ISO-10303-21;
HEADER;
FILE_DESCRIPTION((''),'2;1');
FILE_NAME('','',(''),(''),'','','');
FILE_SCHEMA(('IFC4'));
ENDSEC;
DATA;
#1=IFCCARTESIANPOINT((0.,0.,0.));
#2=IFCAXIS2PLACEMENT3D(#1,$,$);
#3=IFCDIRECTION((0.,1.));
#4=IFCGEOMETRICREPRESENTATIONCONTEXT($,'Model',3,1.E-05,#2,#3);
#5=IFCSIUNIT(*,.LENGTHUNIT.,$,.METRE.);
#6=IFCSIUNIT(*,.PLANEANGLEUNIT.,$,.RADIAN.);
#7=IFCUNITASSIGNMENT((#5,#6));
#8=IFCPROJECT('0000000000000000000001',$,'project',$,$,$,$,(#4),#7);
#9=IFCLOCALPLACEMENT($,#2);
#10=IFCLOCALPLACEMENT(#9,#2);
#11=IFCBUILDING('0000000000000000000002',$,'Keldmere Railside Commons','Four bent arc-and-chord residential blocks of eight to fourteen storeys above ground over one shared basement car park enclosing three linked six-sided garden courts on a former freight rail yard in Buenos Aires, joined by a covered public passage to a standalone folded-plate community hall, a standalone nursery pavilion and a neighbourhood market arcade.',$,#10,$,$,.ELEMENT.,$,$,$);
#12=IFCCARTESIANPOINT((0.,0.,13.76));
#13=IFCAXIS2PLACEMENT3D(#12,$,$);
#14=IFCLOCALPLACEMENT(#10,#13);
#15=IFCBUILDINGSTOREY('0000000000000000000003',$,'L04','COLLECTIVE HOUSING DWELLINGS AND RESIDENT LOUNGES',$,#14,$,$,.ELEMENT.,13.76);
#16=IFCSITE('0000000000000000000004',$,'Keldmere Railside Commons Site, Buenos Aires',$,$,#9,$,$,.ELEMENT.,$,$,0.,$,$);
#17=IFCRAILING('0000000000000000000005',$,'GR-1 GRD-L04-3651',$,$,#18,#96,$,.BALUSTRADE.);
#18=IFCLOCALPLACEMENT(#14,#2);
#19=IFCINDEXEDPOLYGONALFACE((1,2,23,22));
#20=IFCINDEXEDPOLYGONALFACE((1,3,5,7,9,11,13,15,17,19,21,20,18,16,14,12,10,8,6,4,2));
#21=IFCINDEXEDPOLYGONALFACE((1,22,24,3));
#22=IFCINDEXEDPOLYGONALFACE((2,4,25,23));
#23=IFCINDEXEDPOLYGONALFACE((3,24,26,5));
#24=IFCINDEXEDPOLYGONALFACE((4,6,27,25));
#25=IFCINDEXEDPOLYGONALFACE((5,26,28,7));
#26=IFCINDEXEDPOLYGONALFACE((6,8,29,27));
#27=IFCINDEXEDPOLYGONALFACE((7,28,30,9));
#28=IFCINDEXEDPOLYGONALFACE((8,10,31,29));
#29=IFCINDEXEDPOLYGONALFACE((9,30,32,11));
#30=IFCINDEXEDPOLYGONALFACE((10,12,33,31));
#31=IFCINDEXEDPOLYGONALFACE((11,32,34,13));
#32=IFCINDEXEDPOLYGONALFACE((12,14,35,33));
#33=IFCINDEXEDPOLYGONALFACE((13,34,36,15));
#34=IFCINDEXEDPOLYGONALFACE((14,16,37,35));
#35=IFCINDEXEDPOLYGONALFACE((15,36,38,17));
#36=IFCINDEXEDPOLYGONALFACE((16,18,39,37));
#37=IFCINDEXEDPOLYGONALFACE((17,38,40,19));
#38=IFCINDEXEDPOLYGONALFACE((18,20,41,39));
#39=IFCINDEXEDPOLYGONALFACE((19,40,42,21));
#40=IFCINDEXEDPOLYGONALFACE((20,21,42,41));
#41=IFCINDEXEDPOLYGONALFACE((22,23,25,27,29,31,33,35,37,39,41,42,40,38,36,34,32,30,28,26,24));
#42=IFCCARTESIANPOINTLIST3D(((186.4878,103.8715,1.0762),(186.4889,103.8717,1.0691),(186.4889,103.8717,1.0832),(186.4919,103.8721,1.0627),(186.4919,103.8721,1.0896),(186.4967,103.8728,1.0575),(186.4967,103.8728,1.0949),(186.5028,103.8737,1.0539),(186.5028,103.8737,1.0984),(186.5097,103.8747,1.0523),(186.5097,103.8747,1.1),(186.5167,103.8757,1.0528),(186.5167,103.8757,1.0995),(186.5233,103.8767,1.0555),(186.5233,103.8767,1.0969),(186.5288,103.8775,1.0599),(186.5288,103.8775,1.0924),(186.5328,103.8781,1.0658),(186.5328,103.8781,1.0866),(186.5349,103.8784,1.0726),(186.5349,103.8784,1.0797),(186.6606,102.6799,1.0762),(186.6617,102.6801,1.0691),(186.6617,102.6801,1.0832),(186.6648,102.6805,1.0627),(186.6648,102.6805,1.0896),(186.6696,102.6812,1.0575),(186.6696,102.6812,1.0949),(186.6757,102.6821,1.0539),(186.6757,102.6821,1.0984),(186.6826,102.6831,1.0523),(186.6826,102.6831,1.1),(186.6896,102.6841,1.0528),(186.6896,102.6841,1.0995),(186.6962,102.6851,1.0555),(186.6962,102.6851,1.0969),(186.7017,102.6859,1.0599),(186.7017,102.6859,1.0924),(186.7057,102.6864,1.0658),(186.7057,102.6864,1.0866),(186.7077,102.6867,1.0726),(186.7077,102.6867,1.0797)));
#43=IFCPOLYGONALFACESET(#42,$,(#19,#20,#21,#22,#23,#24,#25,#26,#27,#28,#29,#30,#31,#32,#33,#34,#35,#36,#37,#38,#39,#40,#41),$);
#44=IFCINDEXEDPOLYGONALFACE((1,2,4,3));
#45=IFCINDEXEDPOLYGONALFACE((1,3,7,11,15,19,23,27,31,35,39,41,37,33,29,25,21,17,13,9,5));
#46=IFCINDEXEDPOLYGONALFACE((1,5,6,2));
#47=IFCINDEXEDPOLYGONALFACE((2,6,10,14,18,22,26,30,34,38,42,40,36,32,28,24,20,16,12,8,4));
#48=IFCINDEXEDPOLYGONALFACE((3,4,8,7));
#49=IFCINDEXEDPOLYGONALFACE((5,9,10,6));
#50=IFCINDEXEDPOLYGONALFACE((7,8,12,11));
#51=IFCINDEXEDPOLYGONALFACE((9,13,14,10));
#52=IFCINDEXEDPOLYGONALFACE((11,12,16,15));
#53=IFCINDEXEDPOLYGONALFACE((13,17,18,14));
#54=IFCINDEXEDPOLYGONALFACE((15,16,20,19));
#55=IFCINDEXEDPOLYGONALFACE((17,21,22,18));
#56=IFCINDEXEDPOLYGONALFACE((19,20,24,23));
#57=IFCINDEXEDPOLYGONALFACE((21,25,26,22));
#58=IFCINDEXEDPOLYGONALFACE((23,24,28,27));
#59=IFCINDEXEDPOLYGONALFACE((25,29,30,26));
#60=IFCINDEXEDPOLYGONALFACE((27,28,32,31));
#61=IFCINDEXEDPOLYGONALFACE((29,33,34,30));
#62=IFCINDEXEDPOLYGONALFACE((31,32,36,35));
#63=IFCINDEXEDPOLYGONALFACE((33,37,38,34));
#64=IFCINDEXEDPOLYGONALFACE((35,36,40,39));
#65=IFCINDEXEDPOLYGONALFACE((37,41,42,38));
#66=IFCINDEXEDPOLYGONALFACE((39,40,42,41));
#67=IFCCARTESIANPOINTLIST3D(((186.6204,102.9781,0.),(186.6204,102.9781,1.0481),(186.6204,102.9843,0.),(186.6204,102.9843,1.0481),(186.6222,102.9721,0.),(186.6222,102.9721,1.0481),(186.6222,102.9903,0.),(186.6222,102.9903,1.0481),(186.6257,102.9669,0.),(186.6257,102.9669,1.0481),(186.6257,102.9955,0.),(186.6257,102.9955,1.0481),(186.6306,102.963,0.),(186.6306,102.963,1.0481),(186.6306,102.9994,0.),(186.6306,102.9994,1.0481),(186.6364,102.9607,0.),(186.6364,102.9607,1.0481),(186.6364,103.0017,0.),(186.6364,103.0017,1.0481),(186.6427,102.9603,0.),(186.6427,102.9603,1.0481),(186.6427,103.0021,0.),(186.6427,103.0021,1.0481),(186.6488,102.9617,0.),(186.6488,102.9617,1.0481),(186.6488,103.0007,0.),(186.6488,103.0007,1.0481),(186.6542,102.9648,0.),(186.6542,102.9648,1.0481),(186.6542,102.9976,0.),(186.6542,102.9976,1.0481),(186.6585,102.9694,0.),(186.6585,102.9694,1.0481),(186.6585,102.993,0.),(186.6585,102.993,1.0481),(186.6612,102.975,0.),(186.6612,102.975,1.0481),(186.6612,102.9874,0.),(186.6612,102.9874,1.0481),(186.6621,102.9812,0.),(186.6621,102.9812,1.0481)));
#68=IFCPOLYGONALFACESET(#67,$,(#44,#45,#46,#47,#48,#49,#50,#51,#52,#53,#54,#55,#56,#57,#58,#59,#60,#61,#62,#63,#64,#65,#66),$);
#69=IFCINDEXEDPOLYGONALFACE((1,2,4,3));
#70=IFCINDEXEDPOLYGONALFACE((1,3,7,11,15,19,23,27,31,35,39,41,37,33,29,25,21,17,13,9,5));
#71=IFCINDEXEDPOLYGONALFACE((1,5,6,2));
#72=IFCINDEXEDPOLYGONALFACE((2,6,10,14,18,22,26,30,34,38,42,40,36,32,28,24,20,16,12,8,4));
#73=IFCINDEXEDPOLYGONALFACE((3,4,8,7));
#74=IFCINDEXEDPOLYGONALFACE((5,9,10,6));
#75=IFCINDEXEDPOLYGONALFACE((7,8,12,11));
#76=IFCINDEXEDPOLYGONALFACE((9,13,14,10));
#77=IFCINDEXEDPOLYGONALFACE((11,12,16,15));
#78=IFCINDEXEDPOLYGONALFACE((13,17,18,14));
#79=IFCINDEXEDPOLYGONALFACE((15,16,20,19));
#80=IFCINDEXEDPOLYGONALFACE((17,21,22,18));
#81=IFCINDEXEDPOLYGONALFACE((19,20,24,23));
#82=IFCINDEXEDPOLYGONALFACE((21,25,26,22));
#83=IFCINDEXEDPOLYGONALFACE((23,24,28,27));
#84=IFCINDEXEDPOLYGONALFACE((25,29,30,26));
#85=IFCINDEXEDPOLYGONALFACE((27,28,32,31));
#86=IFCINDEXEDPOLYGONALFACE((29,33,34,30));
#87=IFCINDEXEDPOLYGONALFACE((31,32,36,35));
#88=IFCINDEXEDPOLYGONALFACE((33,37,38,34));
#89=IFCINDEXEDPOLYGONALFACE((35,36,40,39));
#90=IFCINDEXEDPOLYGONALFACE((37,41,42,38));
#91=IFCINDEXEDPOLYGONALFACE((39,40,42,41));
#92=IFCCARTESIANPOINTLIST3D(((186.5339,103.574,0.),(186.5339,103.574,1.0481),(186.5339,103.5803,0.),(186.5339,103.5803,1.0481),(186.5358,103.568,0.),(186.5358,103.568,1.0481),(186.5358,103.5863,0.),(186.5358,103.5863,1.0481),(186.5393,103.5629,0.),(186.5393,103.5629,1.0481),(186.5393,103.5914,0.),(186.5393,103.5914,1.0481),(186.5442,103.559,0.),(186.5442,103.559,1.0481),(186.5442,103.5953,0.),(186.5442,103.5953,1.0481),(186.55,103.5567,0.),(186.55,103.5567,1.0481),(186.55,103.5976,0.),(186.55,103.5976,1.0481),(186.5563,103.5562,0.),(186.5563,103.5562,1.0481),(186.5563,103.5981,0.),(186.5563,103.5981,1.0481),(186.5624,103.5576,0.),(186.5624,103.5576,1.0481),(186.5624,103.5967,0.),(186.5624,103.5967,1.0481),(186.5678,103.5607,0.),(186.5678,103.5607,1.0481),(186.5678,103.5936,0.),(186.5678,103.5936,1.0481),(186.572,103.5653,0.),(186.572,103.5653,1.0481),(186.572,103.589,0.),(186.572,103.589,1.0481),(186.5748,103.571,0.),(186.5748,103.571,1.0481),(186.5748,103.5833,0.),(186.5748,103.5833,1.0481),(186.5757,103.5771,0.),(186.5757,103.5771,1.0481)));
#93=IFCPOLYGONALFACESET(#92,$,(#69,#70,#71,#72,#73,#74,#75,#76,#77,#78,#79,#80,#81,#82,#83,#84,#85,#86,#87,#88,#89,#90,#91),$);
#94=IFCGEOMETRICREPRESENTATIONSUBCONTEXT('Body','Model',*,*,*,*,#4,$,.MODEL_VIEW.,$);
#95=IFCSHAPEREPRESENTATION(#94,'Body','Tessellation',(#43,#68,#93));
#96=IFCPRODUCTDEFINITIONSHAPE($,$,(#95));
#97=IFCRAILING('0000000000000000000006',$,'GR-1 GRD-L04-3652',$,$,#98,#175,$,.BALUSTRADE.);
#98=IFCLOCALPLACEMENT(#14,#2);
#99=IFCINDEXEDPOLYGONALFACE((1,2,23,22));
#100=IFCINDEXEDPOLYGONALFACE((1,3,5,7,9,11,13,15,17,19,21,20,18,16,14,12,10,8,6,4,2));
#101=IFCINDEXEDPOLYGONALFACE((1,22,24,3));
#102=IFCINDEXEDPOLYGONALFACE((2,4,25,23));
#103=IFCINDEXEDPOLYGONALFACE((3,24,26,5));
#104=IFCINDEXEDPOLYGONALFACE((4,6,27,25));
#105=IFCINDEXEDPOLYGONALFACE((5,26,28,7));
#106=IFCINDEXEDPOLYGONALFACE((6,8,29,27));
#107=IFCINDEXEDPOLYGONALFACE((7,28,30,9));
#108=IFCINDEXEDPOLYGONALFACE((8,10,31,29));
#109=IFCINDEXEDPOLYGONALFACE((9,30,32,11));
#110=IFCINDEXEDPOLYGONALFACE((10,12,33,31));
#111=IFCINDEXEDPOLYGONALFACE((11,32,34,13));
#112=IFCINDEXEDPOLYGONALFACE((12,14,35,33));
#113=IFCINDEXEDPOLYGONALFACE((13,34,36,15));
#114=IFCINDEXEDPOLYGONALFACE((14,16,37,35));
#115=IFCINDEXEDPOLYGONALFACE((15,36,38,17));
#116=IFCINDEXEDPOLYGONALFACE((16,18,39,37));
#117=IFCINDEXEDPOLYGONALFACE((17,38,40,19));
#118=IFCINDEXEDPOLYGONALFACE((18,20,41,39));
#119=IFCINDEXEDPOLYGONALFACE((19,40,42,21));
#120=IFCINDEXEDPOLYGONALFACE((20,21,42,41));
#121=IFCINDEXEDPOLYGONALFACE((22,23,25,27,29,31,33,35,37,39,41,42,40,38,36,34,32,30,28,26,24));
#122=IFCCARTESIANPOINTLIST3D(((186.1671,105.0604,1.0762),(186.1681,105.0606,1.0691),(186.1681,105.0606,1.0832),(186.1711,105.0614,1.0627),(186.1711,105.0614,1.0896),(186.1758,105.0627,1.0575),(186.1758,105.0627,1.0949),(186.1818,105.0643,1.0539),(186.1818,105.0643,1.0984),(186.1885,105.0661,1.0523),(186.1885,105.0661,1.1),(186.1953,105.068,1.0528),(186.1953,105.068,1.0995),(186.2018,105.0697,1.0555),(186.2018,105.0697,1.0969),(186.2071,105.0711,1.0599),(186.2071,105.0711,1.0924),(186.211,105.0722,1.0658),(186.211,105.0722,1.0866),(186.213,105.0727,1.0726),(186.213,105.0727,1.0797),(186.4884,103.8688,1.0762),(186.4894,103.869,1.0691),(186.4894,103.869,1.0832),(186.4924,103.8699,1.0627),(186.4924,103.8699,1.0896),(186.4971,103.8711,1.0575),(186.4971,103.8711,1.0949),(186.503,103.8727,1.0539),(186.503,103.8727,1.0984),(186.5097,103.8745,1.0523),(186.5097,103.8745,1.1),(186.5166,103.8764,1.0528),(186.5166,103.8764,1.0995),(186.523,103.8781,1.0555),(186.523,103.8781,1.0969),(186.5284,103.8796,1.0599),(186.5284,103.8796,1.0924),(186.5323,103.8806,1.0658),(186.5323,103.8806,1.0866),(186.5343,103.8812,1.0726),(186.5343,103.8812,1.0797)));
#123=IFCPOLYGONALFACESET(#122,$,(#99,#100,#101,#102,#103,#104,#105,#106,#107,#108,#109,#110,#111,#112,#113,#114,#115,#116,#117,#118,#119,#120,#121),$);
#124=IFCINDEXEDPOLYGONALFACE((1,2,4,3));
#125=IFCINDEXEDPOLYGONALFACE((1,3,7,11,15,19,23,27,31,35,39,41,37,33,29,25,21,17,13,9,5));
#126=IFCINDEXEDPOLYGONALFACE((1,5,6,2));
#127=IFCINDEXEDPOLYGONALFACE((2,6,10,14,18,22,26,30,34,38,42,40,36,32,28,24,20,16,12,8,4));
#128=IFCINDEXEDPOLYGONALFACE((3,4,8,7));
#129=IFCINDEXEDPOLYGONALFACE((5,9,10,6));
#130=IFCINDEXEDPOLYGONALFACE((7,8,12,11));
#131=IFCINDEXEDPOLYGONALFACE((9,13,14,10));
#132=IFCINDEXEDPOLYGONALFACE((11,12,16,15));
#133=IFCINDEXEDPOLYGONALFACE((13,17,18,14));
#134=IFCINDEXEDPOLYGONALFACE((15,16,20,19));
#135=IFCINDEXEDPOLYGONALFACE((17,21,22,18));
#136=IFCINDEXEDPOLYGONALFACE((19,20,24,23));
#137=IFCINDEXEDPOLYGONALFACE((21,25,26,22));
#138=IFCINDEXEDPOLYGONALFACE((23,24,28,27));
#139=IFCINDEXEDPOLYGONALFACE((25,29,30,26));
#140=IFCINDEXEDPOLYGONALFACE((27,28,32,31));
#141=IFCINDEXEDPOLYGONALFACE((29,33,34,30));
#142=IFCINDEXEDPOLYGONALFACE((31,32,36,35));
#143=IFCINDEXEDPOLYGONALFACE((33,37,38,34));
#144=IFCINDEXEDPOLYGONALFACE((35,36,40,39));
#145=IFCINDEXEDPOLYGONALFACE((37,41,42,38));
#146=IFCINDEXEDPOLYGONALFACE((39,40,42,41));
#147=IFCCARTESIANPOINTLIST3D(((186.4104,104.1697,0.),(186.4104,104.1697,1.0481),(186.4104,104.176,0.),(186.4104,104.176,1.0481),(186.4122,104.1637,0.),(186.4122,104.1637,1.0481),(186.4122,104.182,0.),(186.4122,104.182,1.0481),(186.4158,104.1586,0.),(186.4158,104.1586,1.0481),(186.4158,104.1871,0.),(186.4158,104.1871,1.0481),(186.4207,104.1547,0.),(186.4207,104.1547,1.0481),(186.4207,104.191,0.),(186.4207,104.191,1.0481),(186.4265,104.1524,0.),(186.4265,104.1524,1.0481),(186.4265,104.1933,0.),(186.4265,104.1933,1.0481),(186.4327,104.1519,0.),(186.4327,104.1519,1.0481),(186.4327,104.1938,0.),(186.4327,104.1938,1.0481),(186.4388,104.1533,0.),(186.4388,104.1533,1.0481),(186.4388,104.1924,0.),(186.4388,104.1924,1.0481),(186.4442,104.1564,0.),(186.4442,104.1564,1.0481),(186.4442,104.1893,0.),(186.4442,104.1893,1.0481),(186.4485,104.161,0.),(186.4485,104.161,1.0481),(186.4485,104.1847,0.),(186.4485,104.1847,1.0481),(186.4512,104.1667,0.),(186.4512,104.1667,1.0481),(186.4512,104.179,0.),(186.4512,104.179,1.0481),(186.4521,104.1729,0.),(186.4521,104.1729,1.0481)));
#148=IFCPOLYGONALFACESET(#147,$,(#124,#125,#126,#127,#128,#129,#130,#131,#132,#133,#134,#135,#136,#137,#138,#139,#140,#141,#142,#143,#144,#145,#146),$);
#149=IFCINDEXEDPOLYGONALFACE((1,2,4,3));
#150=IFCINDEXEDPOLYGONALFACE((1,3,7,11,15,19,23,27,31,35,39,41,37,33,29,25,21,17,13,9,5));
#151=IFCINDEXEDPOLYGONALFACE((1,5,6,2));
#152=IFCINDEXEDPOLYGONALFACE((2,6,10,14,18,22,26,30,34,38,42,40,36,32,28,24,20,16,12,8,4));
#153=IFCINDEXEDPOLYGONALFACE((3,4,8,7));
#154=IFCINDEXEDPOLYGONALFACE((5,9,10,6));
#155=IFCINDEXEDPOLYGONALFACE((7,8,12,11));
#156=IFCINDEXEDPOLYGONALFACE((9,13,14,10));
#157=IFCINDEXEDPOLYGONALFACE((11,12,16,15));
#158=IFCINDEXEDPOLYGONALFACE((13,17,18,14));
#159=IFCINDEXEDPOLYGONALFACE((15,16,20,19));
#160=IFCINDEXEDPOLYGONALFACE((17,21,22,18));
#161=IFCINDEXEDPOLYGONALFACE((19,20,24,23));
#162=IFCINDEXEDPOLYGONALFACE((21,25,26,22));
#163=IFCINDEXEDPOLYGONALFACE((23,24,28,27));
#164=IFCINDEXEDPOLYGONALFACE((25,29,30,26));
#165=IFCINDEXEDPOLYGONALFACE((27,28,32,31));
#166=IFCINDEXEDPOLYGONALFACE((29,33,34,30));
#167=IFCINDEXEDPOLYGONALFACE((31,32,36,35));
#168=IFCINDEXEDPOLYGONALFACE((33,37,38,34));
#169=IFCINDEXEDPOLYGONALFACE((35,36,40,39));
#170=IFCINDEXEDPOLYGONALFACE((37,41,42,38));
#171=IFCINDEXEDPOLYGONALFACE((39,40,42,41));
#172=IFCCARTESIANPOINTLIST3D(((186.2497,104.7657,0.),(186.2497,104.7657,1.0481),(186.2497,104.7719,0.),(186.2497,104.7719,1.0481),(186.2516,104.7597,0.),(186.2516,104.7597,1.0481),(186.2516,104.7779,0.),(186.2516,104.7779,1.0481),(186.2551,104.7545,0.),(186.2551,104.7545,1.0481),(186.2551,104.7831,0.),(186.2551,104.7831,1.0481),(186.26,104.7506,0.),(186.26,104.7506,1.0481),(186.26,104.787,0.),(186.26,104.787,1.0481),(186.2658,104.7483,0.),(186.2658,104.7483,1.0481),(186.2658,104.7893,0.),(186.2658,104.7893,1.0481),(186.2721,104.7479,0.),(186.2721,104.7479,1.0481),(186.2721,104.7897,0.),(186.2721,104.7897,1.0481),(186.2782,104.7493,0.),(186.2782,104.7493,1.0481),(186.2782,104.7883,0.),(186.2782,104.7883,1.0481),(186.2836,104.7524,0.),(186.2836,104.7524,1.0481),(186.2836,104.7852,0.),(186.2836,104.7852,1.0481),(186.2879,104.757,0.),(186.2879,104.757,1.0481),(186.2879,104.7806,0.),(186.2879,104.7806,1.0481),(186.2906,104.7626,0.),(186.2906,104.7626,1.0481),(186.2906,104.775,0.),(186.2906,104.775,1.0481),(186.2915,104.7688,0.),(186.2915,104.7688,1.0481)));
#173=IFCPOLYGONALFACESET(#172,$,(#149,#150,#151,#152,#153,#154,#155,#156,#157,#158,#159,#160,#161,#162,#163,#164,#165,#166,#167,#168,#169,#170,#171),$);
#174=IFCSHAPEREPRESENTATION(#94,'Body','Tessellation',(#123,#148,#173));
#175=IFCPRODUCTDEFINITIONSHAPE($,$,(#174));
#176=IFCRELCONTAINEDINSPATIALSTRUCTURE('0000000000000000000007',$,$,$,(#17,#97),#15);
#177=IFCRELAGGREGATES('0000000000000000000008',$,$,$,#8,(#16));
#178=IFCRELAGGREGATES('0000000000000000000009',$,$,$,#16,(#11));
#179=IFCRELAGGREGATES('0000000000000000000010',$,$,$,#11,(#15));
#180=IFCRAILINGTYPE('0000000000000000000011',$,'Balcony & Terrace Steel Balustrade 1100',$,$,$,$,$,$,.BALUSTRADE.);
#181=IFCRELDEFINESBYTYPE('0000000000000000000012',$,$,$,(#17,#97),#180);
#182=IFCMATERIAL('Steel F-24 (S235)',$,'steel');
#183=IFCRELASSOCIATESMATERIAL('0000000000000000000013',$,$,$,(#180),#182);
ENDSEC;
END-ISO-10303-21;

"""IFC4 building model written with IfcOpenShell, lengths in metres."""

from ifc_helpers import new_model, si_unit, direction, frame, origin, origin_2d, place, context, subcontext, project, spatial, circle, extrude, material, type_object, element, save


model = new_model("IFC4")

# Units and contexts
model_context = context("Model", 3, precision=1e-05, world=origin(), true_north=direction((0.0, 1.0)))
body_context = subcontext(model_context, "Body", "Model", "MODEL_VIEW")
ifc_project = project(units=[si_unit("LENGTHUNIT", "METRE"), si_unit("PLANEANGLEUNIT", "RADIAN")], contexts=[model_context])

# Site, building, storey
site_placement = place(None, origin())
site = spatial("IfcSite", under=ifc_project, at=site_placement, Name="Keldmere Railside Commons Site, Buenos Aires", CompositionType="ELEMENT", RefElevation=0.0)
building_placement = place(site_placement, origin())
building = spatial("IfcBuilding", under=site, at=building_placement, Name="Keldmere Railside Commons", Description="Four bent arc-and-chord residential blocks of eight to fourteen storeys above ground over one shared basement car park enclosing three linked six-sided garden courts on a former freight rail yard in Buenos Aires, joined by a covered public passage to a standalone folded-plate community hall, a standalone nursery pavilion and a neighbourhood market arcade.", CompositionType="ELEMENT")
storey_placement = place(building_placement, frame((0.0, 0.0, 13.76)))
storey = spatial("IfcBuildingStorey", under=building, at=storey_placement, Name="L04", Description="COLLECTIVE HOUSING DWELLINGS AND RESIDENT LOUNGES", CompositionType="ELEMENT", Elevation=13.76)

# Railings
ifc_material_1 = material(Name="Steel F-24 (S235)", Category="steel")
railing_type = type_object("IfcRailingType", Name="Balcony & Terrace Steel Balustrade 1100", PredefinedType="BALUSTRADE", material=ifc_material_1)
railing_1_placement = place(storey_placement, frame((186.6843, 102.6833, 0.0)))
element("IfcRailing", 1, at=railing_1_placement, inside=storey, type_object=railing_type, Name="GR-1 GRD-L04-3651", PredefinedType="BALUSTRADE", context=body_context, shape_type="SweptSolid", body=[
    extrude(circle(Radius=0.0239, at=origin_2d()), frame((0.0, 0.0, 1.0762), z_axis=(-0.14355, 0.989643, 0.0), x_axis=(-0.989643, -0.14355, 0.0)), (0.0, 0.0, 1.0), 1.2041),
    extrude(circle(Radius=0.021, at=origin_2d()), frame((-0.0432, 0.2979, 0.0)), (0.0, 0.0, 1.0), 1.0481),
    extrude(circle(Radius=0.021, at=origin_2d()), frame((-0.1296, 0.8938, 0.0)), (0.0, 0.0, 1.0), 1.0481),
])
railing_2_placement = place(storey_placement, frame((186.5115, 103.875, 0.0)))
element("IfcRailing", 2, at=railing_2_placement, inside=storey, type_object=railing_type, Name="GR-1 GRD-L04-3652", PredefinedType="BALUSTRADE", context=body_context, shape_type="SweptSolid", body=[
    extrude(circle(Radius=0.0239, at=origin_2d()), frame((0.0, 0.0, 1.0762), z_axis=(-0.260321, 0.965522, 0.0), x_axis=(-0.965522, -0.260321, 0.0)), (0.0, 0.0, 1.0), 1.2341),
    extrude(circle(Radius=0.021, at=origin_2d()), frame((-0.0803, 0.2979, 0.0)), (0.0, 0.0, 1.0), 1.0481),
    extrude(circle(Radius=0.021, at=origin_2d()), frame((-0.241, 0.8938, 0.0)), (0.0, 0.0, 1.0), 1.0481),
])

save(model, "model.ifc")
